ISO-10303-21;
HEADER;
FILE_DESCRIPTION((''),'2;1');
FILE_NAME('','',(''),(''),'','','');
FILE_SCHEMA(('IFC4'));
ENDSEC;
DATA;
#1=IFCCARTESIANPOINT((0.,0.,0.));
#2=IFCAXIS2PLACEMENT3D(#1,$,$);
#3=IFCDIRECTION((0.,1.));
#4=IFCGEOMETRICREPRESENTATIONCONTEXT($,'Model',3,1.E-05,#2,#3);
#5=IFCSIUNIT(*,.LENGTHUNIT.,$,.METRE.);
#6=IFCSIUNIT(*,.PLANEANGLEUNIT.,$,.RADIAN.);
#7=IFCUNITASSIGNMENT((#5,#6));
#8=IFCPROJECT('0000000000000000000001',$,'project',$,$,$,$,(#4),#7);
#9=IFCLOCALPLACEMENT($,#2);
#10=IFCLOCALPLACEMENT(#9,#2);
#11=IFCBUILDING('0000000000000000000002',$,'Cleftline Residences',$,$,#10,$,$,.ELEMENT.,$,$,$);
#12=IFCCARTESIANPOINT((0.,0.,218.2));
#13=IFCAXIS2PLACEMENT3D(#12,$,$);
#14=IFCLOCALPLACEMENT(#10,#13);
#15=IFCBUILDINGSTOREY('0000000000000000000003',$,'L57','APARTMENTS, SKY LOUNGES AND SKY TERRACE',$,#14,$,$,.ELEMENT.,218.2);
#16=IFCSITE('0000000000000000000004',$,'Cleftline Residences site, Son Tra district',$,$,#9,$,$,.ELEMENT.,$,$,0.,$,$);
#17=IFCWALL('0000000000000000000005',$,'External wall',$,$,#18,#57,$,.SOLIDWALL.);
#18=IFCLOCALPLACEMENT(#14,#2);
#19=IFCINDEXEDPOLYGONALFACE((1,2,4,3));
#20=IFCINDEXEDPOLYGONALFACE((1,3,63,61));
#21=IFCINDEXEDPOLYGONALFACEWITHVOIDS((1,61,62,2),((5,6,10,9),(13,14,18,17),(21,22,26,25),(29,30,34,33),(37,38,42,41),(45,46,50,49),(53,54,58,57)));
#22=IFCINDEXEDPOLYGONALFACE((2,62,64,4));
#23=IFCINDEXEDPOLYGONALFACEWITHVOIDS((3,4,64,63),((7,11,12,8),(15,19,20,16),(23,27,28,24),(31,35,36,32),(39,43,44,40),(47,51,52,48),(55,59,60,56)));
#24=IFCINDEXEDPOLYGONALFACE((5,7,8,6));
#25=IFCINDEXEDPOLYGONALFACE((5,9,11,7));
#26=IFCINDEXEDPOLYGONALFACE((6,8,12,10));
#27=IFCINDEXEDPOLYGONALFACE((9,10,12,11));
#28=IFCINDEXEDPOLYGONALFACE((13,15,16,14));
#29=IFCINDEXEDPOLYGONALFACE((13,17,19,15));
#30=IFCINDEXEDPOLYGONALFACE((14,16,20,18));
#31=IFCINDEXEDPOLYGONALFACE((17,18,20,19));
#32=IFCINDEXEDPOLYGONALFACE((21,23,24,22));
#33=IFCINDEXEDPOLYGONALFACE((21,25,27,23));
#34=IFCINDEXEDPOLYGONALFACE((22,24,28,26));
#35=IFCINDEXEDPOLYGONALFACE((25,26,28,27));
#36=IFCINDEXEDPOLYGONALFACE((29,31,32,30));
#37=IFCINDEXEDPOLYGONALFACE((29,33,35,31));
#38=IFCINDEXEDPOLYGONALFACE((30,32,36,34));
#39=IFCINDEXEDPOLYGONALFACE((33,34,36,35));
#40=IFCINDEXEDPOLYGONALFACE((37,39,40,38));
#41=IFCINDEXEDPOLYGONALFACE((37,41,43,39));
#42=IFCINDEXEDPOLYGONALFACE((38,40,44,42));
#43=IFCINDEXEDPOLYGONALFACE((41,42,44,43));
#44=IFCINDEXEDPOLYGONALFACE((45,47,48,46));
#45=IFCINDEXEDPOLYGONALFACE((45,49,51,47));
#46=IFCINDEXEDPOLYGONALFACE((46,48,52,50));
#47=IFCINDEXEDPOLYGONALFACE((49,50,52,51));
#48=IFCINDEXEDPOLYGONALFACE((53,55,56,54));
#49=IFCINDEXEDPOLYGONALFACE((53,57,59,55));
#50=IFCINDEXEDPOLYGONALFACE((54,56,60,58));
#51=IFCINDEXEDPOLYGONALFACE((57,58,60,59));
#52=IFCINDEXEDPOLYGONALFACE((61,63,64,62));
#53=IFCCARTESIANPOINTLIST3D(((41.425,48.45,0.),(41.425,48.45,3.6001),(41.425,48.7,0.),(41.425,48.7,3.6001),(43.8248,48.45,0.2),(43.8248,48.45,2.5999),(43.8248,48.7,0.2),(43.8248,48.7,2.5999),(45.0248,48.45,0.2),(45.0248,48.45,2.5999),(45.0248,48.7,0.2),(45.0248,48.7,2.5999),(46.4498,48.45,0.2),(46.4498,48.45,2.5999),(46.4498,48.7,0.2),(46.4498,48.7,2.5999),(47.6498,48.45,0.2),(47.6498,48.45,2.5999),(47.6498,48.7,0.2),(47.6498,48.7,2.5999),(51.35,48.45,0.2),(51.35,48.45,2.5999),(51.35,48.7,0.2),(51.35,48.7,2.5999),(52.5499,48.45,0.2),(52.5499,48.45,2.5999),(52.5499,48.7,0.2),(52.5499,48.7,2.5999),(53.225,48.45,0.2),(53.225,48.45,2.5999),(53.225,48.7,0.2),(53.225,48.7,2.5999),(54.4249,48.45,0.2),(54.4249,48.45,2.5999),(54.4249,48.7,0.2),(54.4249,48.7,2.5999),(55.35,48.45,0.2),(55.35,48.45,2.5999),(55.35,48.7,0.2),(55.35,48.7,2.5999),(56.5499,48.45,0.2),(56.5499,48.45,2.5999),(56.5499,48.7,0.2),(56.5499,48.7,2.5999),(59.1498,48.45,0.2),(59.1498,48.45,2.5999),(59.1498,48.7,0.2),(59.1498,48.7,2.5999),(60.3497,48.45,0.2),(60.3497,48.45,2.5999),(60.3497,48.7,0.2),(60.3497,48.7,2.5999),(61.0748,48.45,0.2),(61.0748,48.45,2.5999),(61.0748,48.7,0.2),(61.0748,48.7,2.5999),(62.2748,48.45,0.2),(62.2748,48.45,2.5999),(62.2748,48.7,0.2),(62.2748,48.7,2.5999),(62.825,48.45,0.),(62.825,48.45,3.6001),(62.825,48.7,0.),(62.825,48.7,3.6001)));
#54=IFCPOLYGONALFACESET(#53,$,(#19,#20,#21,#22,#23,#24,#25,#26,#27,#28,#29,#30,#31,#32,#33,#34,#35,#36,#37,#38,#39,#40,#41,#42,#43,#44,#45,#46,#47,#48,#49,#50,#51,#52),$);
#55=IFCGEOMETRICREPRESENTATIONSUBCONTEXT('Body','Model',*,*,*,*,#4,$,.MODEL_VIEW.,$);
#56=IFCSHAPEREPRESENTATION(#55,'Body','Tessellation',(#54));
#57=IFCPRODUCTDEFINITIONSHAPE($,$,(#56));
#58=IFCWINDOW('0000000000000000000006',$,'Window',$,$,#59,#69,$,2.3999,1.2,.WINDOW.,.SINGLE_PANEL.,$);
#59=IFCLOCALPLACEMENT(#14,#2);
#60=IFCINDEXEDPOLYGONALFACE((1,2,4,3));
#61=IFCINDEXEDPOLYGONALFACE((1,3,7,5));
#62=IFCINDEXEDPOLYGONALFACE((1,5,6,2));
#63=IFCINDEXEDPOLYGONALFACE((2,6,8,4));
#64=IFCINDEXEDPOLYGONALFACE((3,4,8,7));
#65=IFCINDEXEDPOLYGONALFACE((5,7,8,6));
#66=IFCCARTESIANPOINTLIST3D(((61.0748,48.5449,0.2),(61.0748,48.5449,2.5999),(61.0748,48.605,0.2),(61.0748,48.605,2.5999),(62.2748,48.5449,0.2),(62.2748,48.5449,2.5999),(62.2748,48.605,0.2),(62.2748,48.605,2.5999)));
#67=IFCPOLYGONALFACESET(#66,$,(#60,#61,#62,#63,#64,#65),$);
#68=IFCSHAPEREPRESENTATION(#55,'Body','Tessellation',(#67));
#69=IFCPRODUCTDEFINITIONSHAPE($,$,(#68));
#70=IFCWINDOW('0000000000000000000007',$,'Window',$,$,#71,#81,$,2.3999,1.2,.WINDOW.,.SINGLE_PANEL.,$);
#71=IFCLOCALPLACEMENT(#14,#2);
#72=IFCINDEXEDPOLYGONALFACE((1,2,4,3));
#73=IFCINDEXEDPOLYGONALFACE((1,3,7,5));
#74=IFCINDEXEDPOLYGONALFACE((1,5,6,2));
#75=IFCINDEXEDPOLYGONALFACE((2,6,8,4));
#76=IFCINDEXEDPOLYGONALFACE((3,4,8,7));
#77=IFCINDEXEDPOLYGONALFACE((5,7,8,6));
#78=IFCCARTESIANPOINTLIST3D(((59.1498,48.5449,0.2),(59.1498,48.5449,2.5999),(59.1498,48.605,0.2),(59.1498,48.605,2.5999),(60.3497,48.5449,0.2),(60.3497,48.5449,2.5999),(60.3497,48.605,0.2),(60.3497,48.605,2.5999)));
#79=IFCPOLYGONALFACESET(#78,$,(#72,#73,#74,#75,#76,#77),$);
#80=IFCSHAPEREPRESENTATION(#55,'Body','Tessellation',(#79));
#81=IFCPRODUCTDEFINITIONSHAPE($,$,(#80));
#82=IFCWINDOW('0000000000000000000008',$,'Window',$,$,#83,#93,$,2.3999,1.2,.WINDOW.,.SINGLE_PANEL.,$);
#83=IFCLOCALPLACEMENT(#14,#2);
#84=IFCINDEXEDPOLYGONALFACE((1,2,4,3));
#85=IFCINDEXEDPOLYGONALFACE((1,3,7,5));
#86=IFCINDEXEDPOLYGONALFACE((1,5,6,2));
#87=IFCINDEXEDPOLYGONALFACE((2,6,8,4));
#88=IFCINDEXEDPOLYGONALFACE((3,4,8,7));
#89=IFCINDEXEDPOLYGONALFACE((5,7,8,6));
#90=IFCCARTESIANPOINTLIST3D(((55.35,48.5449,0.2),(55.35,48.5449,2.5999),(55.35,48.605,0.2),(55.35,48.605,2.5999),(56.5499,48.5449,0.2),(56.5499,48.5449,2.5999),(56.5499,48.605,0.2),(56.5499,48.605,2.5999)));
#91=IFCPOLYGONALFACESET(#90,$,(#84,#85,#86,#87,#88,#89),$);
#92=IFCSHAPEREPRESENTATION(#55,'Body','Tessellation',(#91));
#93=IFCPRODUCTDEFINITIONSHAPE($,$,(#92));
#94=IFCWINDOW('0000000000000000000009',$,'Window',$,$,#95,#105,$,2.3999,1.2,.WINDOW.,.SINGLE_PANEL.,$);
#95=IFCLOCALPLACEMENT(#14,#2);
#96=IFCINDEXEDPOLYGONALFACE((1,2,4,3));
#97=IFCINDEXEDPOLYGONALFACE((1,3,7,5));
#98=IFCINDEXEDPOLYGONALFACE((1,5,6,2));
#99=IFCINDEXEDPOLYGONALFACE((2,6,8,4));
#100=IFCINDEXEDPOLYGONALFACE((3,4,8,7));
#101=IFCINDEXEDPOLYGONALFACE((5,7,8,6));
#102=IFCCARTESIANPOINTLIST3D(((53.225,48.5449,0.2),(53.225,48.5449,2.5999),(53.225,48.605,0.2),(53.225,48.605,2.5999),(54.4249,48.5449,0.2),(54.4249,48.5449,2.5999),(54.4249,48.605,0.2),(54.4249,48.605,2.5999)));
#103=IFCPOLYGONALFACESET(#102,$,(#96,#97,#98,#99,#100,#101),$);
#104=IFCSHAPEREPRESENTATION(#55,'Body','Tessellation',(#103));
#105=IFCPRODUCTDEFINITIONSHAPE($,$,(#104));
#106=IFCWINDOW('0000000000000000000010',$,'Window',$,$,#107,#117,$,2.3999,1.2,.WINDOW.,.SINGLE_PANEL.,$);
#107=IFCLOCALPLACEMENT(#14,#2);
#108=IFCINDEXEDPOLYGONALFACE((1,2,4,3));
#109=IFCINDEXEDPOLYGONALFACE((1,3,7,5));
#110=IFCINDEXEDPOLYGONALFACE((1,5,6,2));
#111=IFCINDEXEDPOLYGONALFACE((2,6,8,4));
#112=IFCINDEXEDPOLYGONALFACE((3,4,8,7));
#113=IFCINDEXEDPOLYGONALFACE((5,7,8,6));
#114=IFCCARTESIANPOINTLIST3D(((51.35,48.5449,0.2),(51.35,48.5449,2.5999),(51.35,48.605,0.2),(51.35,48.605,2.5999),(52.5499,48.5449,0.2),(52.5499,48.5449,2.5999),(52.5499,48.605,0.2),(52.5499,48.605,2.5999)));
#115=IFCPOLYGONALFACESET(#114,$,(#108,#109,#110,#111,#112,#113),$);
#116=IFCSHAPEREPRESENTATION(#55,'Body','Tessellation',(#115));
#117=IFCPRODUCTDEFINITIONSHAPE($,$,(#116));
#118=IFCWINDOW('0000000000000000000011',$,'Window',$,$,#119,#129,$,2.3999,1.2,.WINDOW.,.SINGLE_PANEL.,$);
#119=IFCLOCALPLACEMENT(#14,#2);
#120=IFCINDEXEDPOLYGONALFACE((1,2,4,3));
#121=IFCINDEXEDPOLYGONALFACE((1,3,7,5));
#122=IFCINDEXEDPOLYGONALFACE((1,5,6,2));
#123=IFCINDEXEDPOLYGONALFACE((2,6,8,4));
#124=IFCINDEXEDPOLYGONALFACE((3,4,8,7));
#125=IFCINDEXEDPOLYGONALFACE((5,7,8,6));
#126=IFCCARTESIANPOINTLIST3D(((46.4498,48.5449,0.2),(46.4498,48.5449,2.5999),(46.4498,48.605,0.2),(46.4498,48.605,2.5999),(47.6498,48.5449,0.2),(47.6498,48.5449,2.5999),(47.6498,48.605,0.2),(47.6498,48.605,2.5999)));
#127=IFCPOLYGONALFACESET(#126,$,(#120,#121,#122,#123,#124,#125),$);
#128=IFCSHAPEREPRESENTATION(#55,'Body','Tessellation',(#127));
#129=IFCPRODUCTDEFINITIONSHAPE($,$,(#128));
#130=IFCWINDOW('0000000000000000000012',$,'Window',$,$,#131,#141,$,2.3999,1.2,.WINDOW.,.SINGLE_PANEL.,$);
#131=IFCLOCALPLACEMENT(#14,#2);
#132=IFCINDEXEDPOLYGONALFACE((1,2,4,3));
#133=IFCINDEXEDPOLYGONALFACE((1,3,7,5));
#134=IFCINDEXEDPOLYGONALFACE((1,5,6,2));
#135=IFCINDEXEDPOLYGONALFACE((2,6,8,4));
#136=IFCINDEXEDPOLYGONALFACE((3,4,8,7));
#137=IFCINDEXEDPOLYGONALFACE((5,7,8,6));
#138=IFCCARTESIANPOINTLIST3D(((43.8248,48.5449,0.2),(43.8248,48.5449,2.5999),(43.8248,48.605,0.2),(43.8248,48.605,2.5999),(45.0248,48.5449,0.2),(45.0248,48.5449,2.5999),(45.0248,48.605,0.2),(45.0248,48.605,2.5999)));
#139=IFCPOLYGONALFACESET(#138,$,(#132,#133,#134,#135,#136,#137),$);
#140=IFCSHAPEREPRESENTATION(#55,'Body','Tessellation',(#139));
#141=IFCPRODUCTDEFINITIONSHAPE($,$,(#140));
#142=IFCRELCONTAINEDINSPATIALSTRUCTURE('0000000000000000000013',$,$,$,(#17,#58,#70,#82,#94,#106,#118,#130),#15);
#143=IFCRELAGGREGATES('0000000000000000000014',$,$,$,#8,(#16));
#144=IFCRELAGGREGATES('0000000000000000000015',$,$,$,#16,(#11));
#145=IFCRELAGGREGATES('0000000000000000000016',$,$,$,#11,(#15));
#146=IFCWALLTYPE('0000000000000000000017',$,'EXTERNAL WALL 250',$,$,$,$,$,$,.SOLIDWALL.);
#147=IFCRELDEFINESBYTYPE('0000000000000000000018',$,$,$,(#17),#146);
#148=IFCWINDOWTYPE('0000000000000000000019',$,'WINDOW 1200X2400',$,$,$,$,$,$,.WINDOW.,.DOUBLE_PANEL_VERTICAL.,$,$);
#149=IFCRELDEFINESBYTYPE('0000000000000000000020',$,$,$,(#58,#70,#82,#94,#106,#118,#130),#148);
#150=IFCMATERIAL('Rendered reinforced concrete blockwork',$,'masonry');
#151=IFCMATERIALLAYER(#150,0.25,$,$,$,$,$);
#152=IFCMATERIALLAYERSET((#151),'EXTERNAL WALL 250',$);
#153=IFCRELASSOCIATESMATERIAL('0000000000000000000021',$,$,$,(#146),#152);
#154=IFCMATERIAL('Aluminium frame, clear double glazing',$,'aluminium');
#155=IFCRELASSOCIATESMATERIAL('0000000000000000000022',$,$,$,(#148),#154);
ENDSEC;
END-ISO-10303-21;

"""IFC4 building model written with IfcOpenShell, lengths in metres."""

from ifc_helpers import new_model, si_unit, direction, frame, frame_2d, origin, place, context, subcontext, project, spatial, rectangle, extrude, material, layer, layer_set, type_object, element, fill, save


model = new_model("IFC4")

# Units and contexts
model_context = context("Model", 3, precision=1e-05, world=origin(), true_north=direction((0.0, 1.0)))
body_context = subcontext(model_context, "Body", "Model", "MODEL_VIEW")
ifc_project = project(units=[si_unit("LENGTHUNIT", "METRE"), si_unit("PLANEANGLEUNIT", "RADIAN")], contexts=[model_context])

# Site, building, storey
site_placement = place(None, origin())
site = spatial("IfcSite", under=ifc_project, at=site_placement, Name="Cleftline Residences site, Son Tra district", CompositionType="ELEMENT", RefElevation=0.0)
building_placement = place(site_placement, origin())
building = spatial("IfcBuilding", under=site, at=building_placement, Name="Cleftline Residences", CompositionType="ELEMENT")
storey_placement = place(building_placement, frame((0.0, 0.0, 218.2)))
storey = spatial("IfcBuildingStorey", under=building, at=storey_placement, Name="L57", Description="APARTMENTS, SKY LOUNGES AND SKY TERRACE", CompositionType="ELEMENT", Elevation=218.2)

# Shared definitions
ifc_material_1 = material(Name="Rendered reinforced concrete blockwork", Category="masonry")
ifc_layer_1 = layer(ifc_material_1, 0.25)
ifc_layer_set_1 = layer_set([ifc_layer_1], Name="EXTERNAL WALL 250")
wall_type_1 = type_object("IfcWallType", Name="EXTERNAL WALL 250", PredefinedType="SOLIDWALL", material=ifc_layer_set_1)
ifc_material_2 = material(Name="Aluminium frame, clear double glazing", Category="aluminium")
window_type_1 = type_object("IfcWindowType", Name="WINDOW 1200X2400", PartitioningType="DOUBLE_PANEL_VERTICAL", PredefinedType="WINDOW", material=ifc_material_2)

# Wall, openings, windows
wall_1_placement = place(storey_placement, frame((62.825, 48.575, 0.0), z_axis=(0.0, 0.0, 1.0), x_axis=(-1.0, 0.0, 0.0)))
wall_1 = element("IfcWall", 1, at=wall_1_placement, inside=storey, type_object=wall_type_1, Name="External wall", PredefinedType="SOLIDWALL", context=body_context, shape_type="SweptSolid", body=[
    extrude(rectangle(XDim=21.3999, YDim=0.25, at=frame_2d((10.7, 0.0))), origin(), (0.0, 0.0, 1.0), 3.6001),
])
opening_1_placement = place(wall_1_placement, frame((0.55, 0.0, 0.2)))
opening_1 = element("IfcOpeningElement", 2, at=opening_1_placement, cuts=wall_1, PredefinedType="OPENING", context=body_context, shape_type="SweptSolid", body=[
    extrude(rectangle(XDim=1.2, YDim=2.3999, at=frame_2d((0.6001, 1.2))), frame((0.0, 0.135, 0.0), z_axis=(0.0, -1.0, 0.0), x_axis=(1.0, 0.0, 0.0)), (0.0, 0.0, 1.0), 0.27),
])
opening_2_placement = place(wall_1_placement, frame((2.4751, 0.0, 0.2)))
opening_2 = element("IfcOpeningElement", 3, at=opening_2_placement, cuts=wall_1, PredefinedType="OPENING", context=body_context, shape_type="SweptSolid", body=[
    extrude(rectangle(XDim=1.2, YDim=2.3999, at=frame_2d((0.6001, 1.2))), frame((0.0, 0.135, 0.0), z_axis=(0.0, -1.0, 0.0), x_axis=(1.0, 0.0, 0.0)), (0.0, 0.0, 1.0), 0.27),
])
opening_3_placement = place(wall_1_placement, frame((6.2749, 0.0, 0.2)))
opening_3 = element("IfcOpeningElement", 4, at=opening_3_placement, cuts=wall_1, PredefinedType="OPENING", context=body_context, shape_type="SweptSolid", body=[
    extrude(rectangle(XDim=1.2, YDim=2.3999, at=frame_2d((0.6001, 1.2))), frame((0.0, 0.135, 0.0), z_axis=(0.0, -1.0, 0.0), x_axis=(1.0, 0.0, 0.0)), (0.0, 0.0, 1.0), 0.27),
])
opening_4_placement = place(wall_1_placement, frame((8.3999, 0.0, 0.2)))
opening_4 = element("IfcOpeningElement", 5, at=opening_4_placement, cuts=wall_1, PredefinedType="OPENING", context=body_context, shape_type="SweptSolid", body=[
    extrude(rectangle(XDim=1.2, YDim=2.3999, at=frame_2d((0.6001, 1.2))), frame((0.0, 0.135, 0.0), z_axis=(0.0, -1.0, 0.0), x_axis=(1.0, 0.0, 0.0)), (0.0, 0.0, 1.0), 0.27),
])
opening_5_placement = place(wall_1_placement, frame((10.2749, 0.0, 0.2)))
opening_5 = element("IfcOpeningElement", 6, at=opening_5_placement, cuts=wall_1, PredefinedType="OPENING", context=body_context, shape_type="SweptSolid", body=[
    extrude(rectangle(XDim=1.2, YDim=2.3999, at=frame_2d((0.6001, 1.2))), frame((0.0, 0.135, 0.0), z_axis=(0.0, -1.0, 0.0), x_axis=(1.0, 0.0, 0.0)), (0.0, 0.0, 1.0), 0.27),
])
opening_6_placement = place(wall_1_placement, frame((15.175, 0.0, 0.2)))
opening_6 = element("IfcOpeningElement", 7, at=opening_6_placement, cuts=wall_1, PredefinedType="OPENING", context=body_context, shape_type="SweptSolid", body=[
    extrude(rectangle(XDim=1.2, YDim=2.3999, at=frame_2d((0.6001, 1.2))), frame((0.0, 0.135, 0.0), z_axis=(0.0, -1.0, 0.0), x_axis=(1.0, 0.0, 0.0)), (0.0, 0.0, 1.0), 0.27),
])
opening_7_placement = place(wall_1_placement, frame((17.8, 0.0, 0.2)))
opening_7 = element("IfcOpeningElement", 8, at=opening_7_placement, cuts=wall_1, PredefinedType="OPENING", context=body_context, shape_type="SweptSolid", body=[
    extrude(rectangle(XDim=1.2, YDim=2.3999, at=frame_2d((0.6001, 1.2))), frame((0.0, 0.135, 0.0), z_axis=(0.0, -1.0, 0.0), x_axis=(1.0, 0.0, 0.0)), (0.0, 0.0, 1.0), 0.27),
])
window_1_placement = place(opening_1_placement, origin())
window_1 = element("IfcWindow", 9, at=window_1_placement, inside=storey, type_object=window_type_1, Name="Window", OverallHeight=2.3999, OverallWidth=1.2, PartitioningType="SINGLE_PANEL", PredefinedType="WINDOW", context=body_context, shape_type="SweptSolid", body=[
    extrude(rectangle(XDim=1.2, YDim=2.3999, at=frame_2d((0.6001, 1.2))), frame((0.0, 0.03, 0.0), z_axis=(0.0, -1.0, 0.0), x_axis=(1.0, 0.0, 0.0)), (0.0, 0.0, 1.0), 0.0601),
])
fill(opening_1, window_1)
window_2_placement = place(opening_2_placement, origin())
window_2 = element("IfcWindow", 10, at=window_2_placement, inside=storey, type_object=window_type_1, Name="Window", OverallHeight=2.3999, OverallWidth=1.2, PartitioningType="SINGLE_PANEL", PredefinedType="WINDOW", context=body_context, shape_type="SweptSolid", body=[
    extrude(rectangle(XDim=1.2, YDim=2.3999, at=frame_2d((0.6001, 1.2))), frame((0.0, 0.03, 0.0), z_axis=(0.0, -1.0, 0.0), x_axis=(1.0, 0.0, 0.0)), (0.0, 0.0, 1.0), 0.0601),
])
fill(opening_2, window_2)
window_3_placement = place(opening_3_placement, origin())
window_3 = element("IfcWindow", 11, at=window_3_placement, inside=storey, type_object=window_type_1, Name="Window", OverallHeight=2.3999, OverallWidth=1.2, PartitioningType="SINGLE_PANEL", PredefinedType="WINDOW", context=body_context, shape_type="SweptSolid", body=[
    extrude(rectangle(XDim=1.2, YDim=2.3999, at=frame_2d((0.6001, 1.2))), frame((0.0, 0.03, 0.0), z_axis=(0.0, -1.0, 0.0), x_axis=(1.0, 0.0, 0.0)), (0.0, 0.0, 1.0), 0.0601),
])
fill(opening_3, window_3)
window_4_placement = place(opening_4_placement, origin())
window_4 = element("IfcWindow", 12, at=window_4_placement, inside=storey, type_object=window_type_1, Name="Window", OverallHeight=2.3999, OverallWidth=1.2, PartitioningType="SINGLE_PANEL", PredefinedType="WINDOW", context=body_context, shape_type="SweptSolid", body=[
    extrude(rectangle(XDim=1.2, YDim=2.3999, at=frame_2d((0.6001, 1.2))), frame((0.0, 0.03, 0.0), z_axis=(0.0, -1.0, 0.0), x_axis=(1.0, 0.0, 0.0)), (0.0, 0.0, 1.0), 0.0601),
])
fill(opening_4, window_4)
window_5_placement = place(opening_5_placement, origin())
window_5 = element("IfcWindow", 13, at=window_5_placement, inside=storey, type_object=window_type_1, Name="Window", OverallHeight=2.3999, OverallWidth=1.2, PartitioningType="SINGLE_PANEL", PredefinedType="WINDOW", context=body_context, shape_type="SweptSolid", body=[
    extrude(rectangle(XDim=1.2, YDim=2.3999, at=frame_2d((0.6001, 1.2))), frame((0.0, 0.03, 0.0), z_axis=(0.0, -1.0, 0.0), x_axis=(1.0, 0.0, 0.0)), (0.0, 0.0, 1.0), 0.0601),
])
fill(opening_5, window_5)
window_6_placement = place(opening_6_placement, origin())
window_6 = element("IfcWindow", 14, at=window_6_placement, inside=storey, type_object=window_type_1, Name="Window", OverallHeight=2.3999, OverallWidth=1.2, PartitioningType="SINGLE_PANEL", PredefinedType="WINDOW", context=body_context, shape_type="SweptSolid", body=[
    extrude(rectangle(XDim=1.2, YDim=2.3999, at=frame_2d((0.6001, 1.2))), frame((0.0, 0.03, 0.0), z_axis=(0.0, -1.0, 0.0), x_axis=(1.0, 0.0, 0.0)), (0.0, 0.0, 1.0), 0.0601),
])
fill(opening_6, window_6)
window_7_placement = place(opening_7_placement, origin())
window_7 = element("IfcWindow", 15, at=window_7_placement, inside=storey, type_object=window_type_1, Name="Window", OverallHeight=2.3999, OverallWidth=1.2, PartitioningType="SINGLE_PANEL", PredefinedType="WINDOW", context=body_context, shape_type="SweptSolid", body=[
    extrude(rectangle(XDim=1.2, YDim=2.3999, at=frame_2d((0.6001, 1.2))), frame((0.0, 0.03, 0.0), z_axis=(0.0, -1.0, 0.0), x_axis=(1.0, 0.0, 0.0)), (0.0, 0.0, 1.0), 0.0601),
])
fill(opening_7, window_7)

save(model, "model.ifc")
